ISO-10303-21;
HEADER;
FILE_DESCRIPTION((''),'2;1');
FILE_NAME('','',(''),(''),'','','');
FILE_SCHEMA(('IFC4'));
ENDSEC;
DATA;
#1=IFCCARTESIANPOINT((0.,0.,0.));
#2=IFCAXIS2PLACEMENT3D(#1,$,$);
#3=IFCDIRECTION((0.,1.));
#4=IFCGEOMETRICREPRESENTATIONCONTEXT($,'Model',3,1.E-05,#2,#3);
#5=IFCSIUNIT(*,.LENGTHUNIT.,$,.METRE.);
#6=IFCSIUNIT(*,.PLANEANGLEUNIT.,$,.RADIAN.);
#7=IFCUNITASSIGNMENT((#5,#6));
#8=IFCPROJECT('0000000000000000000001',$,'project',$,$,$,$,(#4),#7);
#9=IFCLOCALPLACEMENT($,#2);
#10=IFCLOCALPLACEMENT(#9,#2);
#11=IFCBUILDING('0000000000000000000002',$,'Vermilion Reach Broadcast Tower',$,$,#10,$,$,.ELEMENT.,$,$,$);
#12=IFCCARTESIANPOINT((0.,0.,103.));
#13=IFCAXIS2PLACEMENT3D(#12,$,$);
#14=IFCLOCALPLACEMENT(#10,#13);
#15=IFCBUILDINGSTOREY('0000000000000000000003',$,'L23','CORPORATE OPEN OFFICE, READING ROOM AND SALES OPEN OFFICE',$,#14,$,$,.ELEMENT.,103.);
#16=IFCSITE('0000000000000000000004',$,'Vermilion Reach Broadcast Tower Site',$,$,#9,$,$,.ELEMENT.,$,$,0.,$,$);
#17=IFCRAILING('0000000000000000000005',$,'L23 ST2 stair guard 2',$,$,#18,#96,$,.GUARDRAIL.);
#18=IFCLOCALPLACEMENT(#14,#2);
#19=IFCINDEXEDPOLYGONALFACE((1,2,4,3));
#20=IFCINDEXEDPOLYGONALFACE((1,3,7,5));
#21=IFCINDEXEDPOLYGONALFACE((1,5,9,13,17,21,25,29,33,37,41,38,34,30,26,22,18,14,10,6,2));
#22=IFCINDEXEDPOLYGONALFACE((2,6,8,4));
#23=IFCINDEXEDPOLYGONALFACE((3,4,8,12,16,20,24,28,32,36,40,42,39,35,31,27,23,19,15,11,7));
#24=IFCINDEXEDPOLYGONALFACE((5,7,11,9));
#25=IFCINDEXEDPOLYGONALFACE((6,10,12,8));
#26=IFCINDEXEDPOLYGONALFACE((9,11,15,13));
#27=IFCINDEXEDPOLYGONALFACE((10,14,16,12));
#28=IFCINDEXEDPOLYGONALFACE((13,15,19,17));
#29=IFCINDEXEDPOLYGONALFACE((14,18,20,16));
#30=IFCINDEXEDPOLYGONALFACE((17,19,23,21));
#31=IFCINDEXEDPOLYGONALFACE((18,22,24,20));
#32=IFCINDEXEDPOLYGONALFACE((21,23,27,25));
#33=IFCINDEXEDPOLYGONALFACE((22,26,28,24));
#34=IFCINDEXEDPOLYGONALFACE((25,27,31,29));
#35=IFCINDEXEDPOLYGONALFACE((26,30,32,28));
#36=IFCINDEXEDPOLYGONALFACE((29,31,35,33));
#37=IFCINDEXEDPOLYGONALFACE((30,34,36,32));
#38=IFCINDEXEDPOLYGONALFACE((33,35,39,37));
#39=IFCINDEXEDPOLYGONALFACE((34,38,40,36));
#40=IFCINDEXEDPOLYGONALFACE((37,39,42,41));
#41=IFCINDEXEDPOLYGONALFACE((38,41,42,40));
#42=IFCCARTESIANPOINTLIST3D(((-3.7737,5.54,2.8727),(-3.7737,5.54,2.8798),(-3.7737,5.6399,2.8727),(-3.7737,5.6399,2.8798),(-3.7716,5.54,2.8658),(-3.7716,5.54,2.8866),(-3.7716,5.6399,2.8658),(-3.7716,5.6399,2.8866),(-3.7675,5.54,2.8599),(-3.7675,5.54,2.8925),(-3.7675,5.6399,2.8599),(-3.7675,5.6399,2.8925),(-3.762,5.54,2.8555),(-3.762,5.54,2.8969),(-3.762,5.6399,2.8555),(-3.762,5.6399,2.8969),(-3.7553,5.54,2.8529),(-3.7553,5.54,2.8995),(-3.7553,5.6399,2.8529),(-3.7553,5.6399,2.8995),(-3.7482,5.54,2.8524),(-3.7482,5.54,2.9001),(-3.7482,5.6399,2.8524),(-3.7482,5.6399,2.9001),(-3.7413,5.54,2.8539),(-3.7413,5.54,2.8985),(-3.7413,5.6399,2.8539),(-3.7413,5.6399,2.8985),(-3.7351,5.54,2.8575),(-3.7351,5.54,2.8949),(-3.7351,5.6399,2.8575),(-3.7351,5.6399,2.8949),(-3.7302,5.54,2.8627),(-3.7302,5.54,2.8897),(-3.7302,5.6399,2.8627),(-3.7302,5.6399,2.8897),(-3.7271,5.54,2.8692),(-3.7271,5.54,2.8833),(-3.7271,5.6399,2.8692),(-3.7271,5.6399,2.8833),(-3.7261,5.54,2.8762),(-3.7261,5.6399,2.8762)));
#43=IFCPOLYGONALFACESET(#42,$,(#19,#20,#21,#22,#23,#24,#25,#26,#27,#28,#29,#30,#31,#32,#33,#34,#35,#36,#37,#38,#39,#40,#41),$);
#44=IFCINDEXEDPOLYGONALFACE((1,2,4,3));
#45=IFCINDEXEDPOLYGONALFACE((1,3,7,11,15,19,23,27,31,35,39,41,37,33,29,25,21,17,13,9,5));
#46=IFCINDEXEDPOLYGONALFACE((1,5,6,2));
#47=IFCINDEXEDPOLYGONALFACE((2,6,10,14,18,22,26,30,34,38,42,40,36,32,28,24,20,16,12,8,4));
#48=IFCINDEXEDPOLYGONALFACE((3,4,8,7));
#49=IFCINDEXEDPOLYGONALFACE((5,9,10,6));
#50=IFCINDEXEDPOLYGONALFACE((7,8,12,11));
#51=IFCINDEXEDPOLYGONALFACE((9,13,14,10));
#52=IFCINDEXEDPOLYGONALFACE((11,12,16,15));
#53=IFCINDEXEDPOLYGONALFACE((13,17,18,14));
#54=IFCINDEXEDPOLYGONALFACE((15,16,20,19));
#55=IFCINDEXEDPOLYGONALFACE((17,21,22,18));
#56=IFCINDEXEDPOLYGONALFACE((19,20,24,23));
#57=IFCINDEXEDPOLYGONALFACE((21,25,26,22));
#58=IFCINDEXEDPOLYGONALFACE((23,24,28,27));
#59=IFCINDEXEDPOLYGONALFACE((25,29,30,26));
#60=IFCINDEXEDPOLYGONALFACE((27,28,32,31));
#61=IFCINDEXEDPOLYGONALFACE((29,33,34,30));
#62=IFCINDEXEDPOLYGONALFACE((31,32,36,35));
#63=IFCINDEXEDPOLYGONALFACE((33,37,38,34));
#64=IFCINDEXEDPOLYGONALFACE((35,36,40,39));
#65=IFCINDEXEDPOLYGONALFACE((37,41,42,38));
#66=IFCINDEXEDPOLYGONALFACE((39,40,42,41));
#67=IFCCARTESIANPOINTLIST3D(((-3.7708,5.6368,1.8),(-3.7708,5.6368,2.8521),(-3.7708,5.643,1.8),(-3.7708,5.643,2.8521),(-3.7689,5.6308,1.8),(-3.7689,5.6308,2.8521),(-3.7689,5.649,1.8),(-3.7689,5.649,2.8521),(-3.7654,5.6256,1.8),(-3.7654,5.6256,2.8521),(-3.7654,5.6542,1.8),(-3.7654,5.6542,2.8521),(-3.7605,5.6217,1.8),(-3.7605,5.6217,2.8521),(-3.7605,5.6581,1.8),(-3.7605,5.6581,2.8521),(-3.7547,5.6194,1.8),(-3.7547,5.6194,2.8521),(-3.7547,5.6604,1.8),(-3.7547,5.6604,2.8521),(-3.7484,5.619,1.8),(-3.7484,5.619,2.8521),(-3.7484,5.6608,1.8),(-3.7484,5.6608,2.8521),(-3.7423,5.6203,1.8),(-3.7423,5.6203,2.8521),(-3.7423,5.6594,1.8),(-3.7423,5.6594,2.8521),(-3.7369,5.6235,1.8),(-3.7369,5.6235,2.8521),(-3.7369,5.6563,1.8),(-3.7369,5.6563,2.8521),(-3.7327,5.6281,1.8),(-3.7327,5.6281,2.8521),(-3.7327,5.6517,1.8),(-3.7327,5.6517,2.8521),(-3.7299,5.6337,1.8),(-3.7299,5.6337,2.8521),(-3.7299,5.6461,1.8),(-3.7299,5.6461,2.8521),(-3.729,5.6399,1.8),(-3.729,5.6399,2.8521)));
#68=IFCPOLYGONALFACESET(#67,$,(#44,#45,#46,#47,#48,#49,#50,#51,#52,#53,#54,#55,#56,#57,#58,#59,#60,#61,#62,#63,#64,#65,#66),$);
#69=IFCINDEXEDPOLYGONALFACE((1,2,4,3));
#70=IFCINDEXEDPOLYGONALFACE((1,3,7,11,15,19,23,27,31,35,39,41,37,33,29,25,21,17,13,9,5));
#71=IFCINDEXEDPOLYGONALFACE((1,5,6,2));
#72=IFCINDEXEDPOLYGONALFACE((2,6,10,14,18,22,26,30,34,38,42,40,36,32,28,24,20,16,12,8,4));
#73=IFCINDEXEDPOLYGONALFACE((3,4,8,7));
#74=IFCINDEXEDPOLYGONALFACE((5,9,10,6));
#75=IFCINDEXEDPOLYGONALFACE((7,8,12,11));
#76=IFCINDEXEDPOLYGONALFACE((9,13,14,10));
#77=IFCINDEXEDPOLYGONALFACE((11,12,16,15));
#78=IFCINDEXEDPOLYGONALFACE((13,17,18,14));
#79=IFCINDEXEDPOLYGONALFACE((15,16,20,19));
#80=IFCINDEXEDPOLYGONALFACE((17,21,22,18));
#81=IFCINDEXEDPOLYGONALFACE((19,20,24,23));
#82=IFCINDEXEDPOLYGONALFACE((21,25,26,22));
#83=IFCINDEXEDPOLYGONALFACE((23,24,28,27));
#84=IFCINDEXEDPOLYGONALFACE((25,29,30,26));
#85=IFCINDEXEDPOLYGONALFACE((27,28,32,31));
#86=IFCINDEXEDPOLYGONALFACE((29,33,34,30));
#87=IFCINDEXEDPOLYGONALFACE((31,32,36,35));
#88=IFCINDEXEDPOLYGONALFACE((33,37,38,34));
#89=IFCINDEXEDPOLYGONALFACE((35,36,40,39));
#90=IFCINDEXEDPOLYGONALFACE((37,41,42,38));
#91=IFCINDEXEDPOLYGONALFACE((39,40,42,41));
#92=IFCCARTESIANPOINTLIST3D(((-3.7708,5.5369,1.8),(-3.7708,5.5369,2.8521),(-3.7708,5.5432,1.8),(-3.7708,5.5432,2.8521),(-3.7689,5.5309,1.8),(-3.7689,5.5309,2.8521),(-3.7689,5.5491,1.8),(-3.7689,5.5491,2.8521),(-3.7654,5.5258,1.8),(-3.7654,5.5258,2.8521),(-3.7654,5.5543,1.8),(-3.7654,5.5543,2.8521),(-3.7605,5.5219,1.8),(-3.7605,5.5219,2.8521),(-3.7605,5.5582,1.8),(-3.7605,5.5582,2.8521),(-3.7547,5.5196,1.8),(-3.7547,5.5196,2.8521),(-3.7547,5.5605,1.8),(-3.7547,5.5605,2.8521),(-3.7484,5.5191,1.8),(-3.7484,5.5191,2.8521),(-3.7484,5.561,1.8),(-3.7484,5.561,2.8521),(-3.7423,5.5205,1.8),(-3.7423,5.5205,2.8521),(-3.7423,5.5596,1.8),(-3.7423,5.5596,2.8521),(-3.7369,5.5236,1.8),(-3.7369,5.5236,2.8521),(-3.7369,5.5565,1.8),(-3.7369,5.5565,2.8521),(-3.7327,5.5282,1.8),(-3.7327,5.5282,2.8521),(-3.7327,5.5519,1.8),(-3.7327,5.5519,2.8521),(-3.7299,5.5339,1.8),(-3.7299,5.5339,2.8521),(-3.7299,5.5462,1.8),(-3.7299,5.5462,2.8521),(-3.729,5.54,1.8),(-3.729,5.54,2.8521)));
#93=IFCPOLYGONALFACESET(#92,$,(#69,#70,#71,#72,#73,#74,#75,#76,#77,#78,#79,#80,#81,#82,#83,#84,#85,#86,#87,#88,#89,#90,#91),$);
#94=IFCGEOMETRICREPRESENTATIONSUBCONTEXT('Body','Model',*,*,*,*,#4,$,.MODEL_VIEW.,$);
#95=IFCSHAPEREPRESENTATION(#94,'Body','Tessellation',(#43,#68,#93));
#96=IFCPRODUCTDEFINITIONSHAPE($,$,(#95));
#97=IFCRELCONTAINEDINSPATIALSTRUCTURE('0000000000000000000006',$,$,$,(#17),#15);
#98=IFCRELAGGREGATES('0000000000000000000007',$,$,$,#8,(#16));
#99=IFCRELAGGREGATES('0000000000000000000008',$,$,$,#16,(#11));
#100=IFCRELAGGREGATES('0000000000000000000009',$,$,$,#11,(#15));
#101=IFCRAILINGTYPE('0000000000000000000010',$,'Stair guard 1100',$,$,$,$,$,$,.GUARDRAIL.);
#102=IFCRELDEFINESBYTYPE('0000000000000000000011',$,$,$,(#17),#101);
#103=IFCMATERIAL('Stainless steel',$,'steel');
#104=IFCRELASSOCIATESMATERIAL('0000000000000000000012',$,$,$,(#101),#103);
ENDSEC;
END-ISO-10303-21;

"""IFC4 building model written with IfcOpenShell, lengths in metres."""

from ifc_helpers import new_model, si_unit, direction, frame, origin, origin_2d, place, context, subcontext, project, spatial, circle, extrude, material, type_object, element, save


model = new_model("IFC4")

# Units and contexts
model_context = context("Model", 3, precision=1e-05, world=origin(), true_north=direction((0.0, 1.0)))
body_context = subcontext(model_context, "Body", "Model", "MODEL_VIEW")
ifc_project = project(units=[si_unit("LENGTHUNIT", "METRE"), si_unit("PLANEANGLEUNIT", "RADIAN")], contexts=[model_context])

# Site, building, storey
site_placement = place(None, origin())
site = spatial("IfcSite", under=ifc_project, at=site_placement, Name="Vermilion Reach Broadcast Tower Site", CompositionType="ELEMENT", RefElevation=0.0)
building_placement = place(site_placement, origin())
building = spatial("IfcBuilding", under=site, at=building_placement, Name="Vermilion Reach Broadcast Tower", CompositionType="ELEMENT")
storey_placement = place(building_placement, frame((0.0, 0.0, 103.0)))
storey = spatial("IfcBuildingStorey", under=building, at=storey_placement, Name="L23", Description="CORPORATE OPEN OFFICE, READING ROOM AND SALES OPEN OFFICE", CompositionType="ELEMENT", Elevation=103.0)

# Railing
ifc_material_1 = material(Name="Stainless steel", Category="steel")
railing_type_1 = type_object("IfcRailingType", Name="Stair guard 1100", PredefinedType="GUARDRAIL", material=ifc_material_1)
railing_1_placement = place(storey_placement, frame((-3.75, 5.6399, 1.8)))
element("IfcRailing", 1, at=railing_1_placement, inside=storey, type_object=railing_type_1, Name="L23 ST2 stair guard 2", PredefinedType="GUARDRAIL", context=body_context, shape_type="SweptSolid", body=[
    extrude(circle(Radius=0.0239, at=origin_2d()), frame((0.0, 0.0, 1.0762), z_axis=(0.0, -1.0, 0.0), x_axis=(1.0, 0.0, 0.0)), (0.0, 0.0, 1.0), 0.0999),
    extrude(circle(Radius=0.021, at=origin_2d()), origin(), (0.0, 0.0, 1.0), 1.052),
    extrude(circle(Radius=0.021, at=origin_2d()), frame((0.0, -0.0999, 0.0)), (0.0, 0.0, 1.0), 1.052),
])

save(model, "model.ifc")
